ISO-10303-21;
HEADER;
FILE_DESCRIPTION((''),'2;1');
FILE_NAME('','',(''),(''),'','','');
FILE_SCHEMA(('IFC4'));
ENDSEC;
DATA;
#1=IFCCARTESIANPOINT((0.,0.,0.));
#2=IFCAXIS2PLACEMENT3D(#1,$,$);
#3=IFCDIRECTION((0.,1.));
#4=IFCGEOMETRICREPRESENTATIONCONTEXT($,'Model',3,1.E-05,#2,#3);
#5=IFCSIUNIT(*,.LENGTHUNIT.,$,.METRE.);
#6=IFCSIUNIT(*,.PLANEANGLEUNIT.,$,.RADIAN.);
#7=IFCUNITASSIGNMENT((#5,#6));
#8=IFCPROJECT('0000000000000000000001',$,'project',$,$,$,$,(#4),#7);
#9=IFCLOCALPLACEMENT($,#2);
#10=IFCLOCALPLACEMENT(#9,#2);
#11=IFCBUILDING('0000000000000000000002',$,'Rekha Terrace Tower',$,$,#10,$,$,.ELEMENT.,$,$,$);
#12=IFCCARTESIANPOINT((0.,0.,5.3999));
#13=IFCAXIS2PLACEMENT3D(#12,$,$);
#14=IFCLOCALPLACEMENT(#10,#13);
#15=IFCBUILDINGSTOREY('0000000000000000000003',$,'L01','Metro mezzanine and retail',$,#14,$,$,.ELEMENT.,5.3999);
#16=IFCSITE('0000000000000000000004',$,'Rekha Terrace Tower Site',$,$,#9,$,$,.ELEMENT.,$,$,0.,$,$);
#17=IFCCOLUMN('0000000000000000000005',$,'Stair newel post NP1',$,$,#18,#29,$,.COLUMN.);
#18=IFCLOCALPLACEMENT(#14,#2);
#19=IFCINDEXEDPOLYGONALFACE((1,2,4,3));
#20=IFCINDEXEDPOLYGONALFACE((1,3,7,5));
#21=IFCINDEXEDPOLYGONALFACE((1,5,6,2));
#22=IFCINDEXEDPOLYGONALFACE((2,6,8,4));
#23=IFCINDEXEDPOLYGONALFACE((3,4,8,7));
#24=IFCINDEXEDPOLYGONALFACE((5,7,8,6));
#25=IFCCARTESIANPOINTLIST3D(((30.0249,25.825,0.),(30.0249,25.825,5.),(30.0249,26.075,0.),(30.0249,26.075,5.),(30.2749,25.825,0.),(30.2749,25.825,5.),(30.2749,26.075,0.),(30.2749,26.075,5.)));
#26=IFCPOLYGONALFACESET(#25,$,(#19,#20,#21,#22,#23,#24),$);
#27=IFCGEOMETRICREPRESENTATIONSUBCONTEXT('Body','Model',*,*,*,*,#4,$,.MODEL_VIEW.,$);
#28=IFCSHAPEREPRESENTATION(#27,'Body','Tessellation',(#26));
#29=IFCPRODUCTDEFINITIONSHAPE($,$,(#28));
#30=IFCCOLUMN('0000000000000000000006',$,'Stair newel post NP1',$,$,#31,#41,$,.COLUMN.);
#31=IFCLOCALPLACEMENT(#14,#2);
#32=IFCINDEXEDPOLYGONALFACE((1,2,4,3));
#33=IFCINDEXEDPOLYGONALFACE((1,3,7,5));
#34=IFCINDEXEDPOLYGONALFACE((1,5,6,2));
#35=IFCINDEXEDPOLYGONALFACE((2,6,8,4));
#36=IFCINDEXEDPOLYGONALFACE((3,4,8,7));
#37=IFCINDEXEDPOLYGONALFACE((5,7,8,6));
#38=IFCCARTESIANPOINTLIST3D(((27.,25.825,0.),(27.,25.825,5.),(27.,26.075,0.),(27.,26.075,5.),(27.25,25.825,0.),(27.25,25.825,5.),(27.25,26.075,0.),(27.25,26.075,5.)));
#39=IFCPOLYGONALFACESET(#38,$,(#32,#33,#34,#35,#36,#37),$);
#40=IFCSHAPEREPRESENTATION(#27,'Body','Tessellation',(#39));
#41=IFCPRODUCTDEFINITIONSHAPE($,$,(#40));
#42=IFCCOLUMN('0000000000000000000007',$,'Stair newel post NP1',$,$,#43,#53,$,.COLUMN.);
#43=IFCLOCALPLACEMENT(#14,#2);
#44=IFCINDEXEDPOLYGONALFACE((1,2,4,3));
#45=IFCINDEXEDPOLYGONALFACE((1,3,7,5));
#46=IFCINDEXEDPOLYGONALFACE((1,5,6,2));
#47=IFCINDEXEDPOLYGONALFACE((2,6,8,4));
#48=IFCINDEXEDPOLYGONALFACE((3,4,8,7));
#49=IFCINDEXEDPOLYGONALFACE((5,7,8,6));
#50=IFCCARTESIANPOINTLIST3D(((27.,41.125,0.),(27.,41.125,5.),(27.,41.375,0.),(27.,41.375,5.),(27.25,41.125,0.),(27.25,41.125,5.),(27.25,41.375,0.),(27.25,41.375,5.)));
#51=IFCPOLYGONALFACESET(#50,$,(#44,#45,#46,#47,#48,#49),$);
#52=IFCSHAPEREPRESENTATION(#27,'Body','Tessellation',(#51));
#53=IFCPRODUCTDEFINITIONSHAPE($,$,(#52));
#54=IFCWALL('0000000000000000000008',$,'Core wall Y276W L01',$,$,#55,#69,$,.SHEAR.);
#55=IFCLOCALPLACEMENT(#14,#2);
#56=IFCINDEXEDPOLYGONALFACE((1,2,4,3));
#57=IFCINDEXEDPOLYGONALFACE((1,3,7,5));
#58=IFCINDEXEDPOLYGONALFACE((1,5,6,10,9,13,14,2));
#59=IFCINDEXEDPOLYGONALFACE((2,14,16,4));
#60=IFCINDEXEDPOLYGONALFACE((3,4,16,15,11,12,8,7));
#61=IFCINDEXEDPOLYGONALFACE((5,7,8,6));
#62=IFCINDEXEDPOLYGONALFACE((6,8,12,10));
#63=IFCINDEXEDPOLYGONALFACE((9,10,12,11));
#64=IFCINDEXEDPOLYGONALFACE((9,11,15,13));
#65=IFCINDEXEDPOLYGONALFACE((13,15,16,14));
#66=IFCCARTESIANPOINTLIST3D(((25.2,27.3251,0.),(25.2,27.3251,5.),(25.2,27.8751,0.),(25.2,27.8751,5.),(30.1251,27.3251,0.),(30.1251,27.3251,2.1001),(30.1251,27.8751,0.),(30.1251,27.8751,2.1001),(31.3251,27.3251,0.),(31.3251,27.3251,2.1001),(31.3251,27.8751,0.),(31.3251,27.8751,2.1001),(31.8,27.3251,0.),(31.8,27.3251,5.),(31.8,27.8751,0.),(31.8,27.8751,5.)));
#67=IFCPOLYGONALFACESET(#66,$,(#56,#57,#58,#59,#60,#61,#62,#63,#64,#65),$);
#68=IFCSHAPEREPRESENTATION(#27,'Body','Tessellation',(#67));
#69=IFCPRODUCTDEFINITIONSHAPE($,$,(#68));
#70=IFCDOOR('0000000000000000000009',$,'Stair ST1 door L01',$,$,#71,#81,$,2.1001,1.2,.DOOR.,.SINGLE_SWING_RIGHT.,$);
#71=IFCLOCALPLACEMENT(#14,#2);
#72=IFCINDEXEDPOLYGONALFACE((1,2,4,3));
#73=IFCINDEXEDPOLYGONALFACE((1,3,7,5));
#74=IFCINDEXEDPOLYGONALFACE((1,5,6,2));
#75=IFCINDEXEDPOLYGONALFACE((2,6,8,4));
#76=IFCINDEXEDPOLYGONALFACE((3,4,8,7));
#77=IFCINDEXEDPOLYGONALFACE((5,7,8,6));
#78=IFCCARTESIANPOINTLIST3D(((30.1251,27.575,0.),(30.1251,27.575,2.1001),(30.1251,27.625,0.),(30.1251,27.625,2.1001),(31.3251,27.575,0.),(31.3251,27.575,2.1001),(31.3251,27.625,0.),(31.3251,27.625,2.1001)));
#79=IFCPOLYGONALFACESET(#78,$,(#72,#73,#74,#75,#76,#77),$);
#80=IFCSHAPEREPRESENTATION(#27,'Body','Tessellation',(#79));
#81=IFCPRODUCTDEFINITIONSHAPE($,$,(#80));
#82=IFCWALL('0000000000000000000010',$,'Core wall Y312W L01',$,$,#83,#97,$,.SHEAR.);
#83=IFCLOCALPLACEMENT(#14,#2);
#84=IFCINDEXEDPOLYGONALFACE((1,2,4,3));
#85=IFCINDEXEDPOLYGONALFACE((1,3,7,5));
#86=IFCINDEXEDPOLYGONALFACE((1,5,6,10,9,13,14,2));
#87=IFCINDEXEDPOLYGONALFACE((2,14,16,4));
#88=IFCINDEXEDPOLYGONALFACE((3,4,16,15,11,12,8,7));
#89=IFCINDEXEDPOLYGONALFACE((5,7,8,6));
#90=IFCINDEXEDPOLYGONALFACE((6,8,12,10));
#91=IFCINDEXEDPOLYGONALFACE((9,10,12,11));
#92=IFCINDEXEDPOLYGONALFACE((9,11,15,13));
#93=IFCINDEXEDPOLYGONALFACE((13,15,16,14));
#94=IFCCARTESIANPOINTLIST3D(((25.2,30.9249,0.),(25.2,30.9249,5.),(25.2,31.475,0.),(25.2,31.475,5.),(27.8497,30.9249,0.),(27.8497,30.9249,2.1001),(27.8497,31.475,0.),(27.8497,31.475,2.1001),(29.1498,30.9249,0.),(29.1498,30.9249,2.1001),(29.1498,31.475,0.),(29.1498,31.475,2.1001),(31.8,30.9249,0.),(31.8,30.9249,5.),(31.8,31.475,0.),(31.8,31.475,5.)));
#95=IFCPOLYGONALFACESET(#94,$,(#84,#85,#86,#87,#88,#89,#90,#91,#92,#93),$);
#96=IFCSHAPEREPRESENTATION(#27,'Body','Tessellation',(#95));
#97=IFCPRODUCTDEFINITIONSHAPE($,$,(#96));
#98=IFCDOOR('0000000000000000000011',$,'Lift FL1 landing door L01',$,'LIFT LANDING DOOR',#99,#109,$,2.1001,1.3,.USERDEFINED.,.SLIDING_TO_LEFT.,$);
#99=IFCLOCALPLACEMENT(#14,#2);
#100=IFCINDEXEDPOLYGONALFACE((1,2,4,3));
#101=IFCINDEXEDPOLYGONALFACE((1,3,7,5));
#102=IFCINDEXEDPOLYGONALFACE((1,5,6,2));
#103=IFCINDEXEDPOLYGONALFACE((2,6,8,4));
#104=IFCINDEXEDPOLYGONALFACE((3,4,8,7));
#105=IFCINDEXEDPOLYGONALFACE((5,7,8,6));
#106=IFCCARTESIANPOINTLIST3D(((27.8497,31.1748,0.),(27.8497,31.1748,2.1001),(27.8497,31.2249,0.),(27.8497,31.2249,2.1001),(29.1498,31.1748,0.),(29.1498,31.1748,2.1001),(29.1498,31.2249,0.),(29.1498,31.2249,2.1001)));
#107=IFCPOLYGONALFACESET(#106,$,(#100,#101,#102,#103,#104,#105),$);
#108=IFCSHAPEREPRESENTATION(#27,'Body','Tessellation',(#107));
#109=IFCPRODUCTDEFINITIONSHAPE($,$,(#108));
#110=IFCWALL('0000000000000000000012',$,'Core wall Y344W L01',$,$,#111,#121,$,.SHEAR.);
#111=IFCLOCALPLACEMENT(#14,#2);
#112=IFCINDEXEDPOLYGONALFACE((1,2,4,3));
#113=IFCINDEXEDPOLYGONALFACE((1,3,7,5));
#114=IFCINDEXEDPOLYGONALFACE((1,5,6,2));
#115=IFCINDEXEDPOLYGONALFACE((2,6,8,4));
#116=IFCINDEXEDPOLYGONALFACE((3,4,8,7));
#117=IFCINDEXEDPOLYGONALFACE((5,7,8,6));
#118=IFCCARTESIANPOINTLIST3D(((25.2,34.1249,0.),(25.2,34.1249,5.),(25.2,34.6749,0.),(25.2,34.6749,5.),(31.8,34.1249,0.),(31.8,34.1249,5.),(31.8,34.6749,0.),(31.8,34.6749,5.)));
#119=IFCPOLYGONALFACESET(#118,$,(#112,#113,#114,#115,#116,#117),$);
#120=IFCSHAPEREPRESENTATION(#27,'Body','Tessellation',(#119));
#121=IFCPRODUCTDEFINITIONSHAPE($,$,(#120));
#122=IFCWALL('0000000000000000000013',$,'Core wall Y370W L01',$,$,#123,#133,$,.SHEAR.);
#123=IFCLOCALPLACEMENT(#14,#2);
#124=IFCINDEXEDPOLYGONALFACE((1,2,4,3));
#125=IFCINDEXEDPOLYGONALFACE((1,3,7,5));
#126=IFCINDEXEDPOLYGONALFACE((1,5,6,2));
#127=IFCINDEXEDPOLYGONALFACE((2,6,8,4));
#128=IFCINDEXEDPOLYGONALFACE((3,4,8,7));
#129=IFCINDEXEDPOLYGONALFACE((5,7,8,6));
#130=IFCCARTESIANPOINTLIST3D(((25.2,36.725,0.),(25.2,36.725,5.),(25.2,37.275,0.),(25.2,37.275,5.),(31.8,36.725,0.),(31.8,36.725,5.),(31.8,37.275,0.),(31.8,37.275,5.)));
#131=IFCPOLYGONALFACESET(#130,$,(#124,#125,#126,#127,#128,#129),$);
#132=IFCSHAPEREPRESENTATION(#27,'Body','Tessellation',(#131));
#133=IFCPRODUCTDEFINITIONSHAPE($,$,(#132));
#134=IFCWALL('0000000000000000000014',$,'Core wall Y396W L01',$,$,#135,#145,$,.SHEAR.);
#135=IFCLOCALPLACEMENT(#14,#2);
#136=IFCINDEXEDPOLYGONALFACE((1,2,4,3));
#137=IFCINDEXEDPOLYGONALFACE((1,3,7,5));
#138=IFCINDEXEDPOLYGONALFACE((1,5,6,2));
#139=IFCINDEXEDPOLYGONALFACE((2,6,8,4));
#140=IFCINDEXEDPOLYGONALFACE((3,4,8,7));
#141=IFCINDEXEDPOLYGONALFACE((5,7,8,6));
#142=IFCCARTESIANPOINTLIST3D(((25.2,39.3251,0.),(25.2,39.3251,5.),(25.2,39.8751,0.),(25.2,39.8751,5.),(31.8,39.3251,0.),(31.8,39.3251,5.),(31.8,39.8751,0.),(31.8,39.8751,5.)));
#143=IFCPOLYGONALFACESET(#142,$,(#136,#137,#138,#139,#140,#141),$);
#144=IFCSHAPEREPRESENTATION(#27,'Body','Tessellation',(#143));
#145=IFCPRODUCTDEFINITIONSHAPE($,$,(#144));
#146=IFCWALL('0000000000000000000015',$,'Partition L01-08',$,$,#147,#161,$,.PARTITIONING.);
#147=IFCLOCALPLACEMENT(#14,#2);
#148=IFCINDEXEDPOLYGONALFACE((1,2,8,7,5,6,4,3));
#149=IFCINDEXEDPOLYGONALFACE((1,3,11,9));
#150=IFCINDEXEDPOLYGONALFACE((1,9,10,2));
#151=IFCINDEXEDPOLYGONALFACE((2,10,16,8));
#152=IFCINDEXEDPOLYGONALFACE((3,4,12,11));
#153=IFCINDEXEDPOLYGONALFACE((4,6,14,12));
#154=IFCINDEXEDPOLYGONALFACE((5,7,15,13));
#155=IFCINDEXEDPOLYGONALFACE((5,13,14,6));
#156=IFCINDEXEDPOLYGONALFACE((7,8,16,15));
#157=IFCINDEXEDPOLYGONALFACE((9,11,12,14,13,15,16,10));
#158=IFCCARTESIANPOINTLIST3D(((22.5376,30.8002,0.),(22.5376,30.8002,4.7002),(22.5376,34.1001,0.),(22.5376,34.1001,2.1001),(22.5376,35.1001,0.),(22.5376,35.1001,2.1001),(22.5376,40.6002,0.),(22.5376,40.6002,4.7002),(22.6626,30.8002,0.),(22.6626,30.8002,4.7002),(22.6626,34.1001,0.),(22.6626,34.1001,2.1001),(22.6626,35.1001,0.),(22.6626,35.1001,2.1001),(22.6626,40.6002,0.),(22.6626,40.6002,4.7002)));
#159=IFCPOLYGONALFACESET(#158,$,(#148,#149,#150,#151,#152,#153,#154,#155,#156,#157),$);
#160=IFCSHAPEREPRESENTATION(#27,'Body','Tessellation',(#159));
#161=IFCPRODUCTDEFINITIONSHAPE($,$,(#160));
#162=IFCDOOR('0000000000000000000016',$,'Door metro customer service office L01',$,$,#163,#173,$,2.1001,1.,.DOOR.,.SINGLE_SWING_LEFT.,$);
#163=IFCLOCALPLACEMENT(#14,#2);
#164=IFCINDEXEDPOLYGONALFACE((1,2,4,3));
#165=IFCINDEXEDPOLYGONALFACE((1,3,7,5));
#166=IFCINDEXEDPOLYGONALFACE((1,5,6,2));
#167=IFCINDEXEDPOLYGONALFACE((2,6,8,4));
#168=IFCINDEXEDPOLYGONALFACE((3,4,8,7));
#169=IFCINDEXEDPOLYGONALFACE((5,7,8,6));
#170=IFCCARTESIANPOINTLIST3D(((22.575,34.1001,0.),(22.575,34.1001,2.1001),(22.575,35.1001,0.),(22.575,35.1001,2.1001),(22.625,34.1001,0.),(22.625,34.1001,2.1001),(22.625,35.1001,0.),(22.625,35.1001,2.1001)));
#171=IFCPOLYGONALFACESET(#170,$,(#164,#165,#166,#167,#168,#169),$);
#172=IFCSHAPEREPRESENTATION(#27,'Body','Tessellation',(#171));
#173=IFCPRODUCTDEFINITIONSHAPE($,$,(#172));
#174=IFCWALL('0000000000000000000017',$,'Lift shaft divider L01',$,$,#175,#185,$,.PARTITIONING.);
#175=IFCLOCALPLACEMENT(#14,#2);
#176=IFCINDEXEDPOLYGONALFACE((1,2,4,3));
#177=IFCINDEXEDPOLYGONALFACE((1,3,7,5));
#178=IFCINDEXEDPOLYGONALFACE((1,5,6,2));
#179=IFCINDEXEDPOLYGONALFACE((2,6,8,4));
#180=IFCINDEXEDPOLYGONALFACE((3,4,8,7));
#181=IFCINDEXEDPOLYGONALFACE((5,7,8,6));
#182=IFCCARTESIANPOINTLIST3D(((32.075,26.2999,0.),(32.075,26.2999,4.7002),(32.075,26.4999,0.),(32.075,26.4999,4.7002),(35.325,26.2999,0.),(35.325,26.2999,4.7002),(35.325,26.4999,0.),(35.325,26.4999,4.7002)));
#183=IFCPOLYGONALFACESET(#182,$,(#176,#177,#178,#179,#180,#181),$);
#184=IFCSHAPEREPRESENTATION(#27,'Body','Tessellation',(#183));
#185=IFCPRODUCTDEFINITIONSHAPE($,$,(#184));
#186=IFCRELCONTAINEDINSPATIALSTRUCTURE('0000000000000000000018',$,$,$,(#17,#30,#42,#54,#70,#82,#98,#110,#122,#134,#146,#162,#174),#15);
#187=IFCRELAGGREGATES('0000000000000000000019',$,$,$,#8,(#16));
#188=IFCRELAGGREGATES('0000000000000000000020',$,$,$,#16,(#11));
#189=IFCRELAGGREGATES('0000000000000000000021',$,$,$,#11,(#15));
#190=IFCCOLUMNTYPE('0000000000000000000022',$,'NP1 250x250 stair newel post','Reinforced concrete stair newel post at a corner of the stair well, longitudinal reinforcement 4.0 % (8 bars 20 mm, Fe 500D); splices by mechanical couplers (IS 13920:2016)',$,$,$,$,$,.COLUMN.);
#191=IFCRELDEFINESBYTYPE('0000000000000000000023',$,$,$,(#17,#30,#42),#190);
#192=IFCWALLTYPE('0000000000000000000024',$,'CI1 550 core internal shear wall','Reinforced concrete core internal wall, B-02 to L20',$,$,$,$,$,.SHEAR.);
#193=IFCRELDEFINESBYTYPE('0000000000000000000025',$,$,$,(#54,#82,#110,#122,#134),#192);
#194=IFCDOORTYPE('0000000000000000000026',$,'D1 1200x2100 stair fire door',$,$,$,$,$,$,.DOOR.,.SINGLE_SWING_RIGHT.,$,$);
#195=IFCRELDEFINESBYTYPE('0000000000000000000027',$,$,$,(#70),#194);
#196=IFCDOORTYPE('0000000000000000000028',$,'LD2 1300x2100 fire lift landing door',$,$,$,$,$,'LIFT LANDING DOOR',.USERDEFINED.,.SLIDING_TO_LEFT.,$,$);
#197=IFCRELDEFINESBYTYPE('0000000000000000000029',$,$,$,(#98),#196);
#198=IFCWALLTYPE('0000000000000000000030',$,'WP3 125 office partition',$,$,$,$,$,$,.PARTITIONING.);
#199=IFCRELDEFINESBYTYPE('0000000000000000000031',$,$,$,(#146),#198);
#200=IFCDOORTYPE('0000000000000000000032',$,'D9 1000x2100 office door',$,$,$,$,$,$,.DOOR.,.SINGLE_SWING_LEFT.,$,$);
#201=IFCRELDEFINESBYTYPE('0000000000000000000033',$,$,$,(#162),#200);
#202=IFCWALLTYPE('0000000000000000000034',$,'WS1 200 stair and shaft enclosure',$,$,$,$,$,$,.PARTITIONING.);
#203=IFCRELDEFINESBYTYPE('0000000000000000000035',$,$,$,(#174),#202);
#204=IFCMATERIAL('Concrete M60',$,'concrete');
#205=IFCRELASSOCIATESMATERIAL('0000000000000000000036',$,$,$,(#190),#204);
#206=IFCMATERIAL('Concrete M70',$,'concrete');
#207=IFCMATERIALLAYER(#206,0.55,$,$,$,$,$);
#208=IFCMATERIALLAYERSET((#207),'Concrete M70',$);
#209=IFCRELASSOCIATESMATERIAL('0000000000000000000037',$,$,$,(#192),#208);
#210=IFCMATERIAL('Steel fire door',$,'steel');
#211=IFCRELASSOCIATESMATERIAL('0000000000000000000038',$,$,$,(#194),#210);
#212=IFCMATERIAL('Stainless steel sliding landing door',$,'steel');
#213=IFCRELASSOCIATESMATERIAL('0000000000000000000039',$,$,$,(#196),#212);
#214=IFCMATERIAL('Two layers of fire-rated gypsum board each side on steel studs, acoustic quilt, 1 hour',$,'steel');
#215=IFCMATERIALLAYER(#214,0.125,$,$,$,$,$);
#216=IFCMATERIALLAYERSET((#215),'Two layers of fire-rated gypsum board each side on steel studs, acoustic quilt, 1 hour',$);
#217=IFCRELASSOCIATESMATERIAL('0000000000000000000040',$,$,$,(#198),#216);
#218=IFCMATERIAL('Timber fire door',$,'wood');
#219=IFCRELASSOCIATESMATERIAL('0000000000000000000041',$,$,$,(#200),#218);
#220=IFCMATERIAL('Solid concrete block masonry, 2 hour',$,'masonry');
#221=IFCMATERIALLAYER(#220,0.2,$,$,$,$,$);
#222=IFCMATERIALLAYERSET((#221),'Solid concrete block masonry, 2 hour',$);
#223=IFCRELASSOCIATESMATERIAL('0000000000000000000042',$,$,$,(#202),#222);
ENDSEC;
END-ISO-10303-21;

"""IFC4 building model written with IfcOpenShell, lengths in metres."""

from ifc_helpers import new_model, si_unit, direction, frame, frame_2d, origin, origin_2d, place, context, subcontext, project, spatial, rectangle, extrude, material, layer, layer_set, material_profile, profile_set, type_object, element, fill, save


model = new_model("IFC4")

# Units and contexts
model_context = context("Model", 3, precision=1e-05, world=origin(), true_north=direction((0.0, 1.0)))
body_context = subcontext(model_context, "Body", "Model", "MODEL_VIEW")
ifc_project = project(units=[si_unit("LENGTHUNIT", "METRE"), si_unit("PLANEANGLEUNIT", "RADIAN")], contexts=[model_context])

# Site, building, storey
site_placement = place(None, origin())
site = spatial("IfcSite", under=ifc_project, at=site_placement, Name="Rekha Terrace Tower Site", CompositionType="ELEMENT", RefElevation=0.0)
building_placement = place(site_placement, origin())
building = spatial("IfcBuilding", under=site, at=building_placement, Name="Rekha Terrace Tower", CompositionType="ELEMENT")
storey_placement = place(building_placement, frame((0.0, 0.0, 5.3999)))
storey = spatial("IfcBuildingStorey", under=building, at=storey_placement, Name="L01", Description="Metro mezzanine and retail", CompositionType="ELEMENT", Elevation=5.3999)

# Columns
ifc_material_1 = material(Name="Concrete M60", Category="concrete")
ifc_material_profile = material_profile(ifc_material_1, rectangle(XDim=0.25, YDim=0.25, at=origin_2d()), Name="RC 250x250")
ifc_profile_set = profile_set([ifc_material_profile], Name="Concrete M60")
column_type = type_object("IfcColumnType", Name="NP1 250x250 stair newel post", Description="Reinforced concrete stair newel post at a corner of the stair well, longitudinal reinforcement 4.0 % (8 bars 20 mm, Fe 500D); splices by mechanical couplers (IS 13920:2016)", PredefinedType="COLUMN", material=ifc_profile_set)
for number, where, z_axis, x_axis, name in (
    (1, (30.1499, 25.95, 0.0), (0.0, 0.0, 1.0), (1.0, 0.0, 0.0), "Stair newel post NP1"),
    (2, (27.125, 25.95, 0.0), (0.0, 0.0, 1.0), (1.0, 0.0, 0.0), "Stair newel post NP1"),
    (3, (27.125, 41.25, 0.0), (0.0, 0.0, 1.0), (1.0, 0.0, 0.0), "Stair newel post NP1"),
):
    element("IfcColumn", number, at=place(storey_placement, frame(where, z_axis=z_axis, x_axis=x_axis)), inside=storey, type_object=column_type, Name=name, PredefinedType="COLUMN", context=body_context, shape_type="SweptSolid", body=[
        extrude(rectangle(XDim=0.25, YDim=0.25, at=origin_2d()), origin(), (0.0, 0.0, 1.0), 5.0),
    ])

# Walls, openings, doors
ifc_material_2 = material(Name="Concrete M70", Category="concrete")
ifc_layer_1 = layer(ifc_material_2, 0.55)
ifc_layer_set_1 = layer_set([ifc_layer_1], Name="Concrete M70")
wall_type_1 = type_object("IfcWallType", Name="CI1 550 core internal shear wall", Description="Reinforced concrete core internal wall, B-02 to L20", PredefinedType="SHEAR", material=ifc_layer_set_1)
wall_1_placement = place(storey_placement, frame((25.2, 27.6001, 0.0), z_axis=(0.0, 0.0, 1.0), x_axis=(1.0, 0.0, 0.0)))
wall_1 = element("IfcWall", 4, at=wall_1_placement, inside=storey, type_object=wall_type_1, Name="Core wall Y276W L01", PredefinedType="SHEAR", context=body_context, shape_type="SweptSolid", body=[
    extrude(rectangle(XDim=6.6001, YDim=0.55, at=frame_2d((3.3, 0.0))), origin(), (0.0, 0.0, 1.0), 5.0),
])
opening_1_placement = place(wall_1_placement, frame((4.925, 0.0, 0.0)))
opening_1 = element("IfcOpeningElement", 5, at=opening_1_placement, cuts=wall_1, PredefinedType="OPENING", context=body_context, shape_type="SweptSolid", body=[
    extrude(rectangle(XDim=1.2, YDim=2.1001, at=frame_2d((0.6001, 1.05))), frame((0.0, 0.2849, 0.0), z_axis=(0.0, -1.0, 0.0), x_axis=(1.0, 0.0, 0.0)), (0.0, 0.0, 1.0), 0.5701),
])
ifc_material_3 = material(Name="Steel fire door", Category="steel")
door_type_1 = type_object("IfcDoorType", Name="D1 1200x2100 stair fire door", OperationType="SINGLE_SWING_RIGHT", PredefinedType="DOOR", material=ifc_material_3)
door_1_placement = place(opening_1_placement, origin())
door_1 = element("IfcDoor", 6, at=door_1_placement, inside=storey, type_object=door_type_1, Name="Stair ST1 door L01", OperationType="SINGLE_SWING_RIGHT", OverallHeight=2.1001, OverallWidth=1.2, PredefinedType="DOOR", context=body_context, shape_type="SweptSolid", body=[
    extrude(rectangle(XDim=1.2, YDim=2.1001, at=frame_2d((0.6001, 1.05))), frame((0.0, 0.0249, 0.0), z_axis=(0.0, -1.0, 0.0), x_axis=(1.0, 0.0, 0.0)), (0.0, 0.0, 1.0), 0.05),
])
fill(opening_1, door_1)
wall_2_placement = place(storey_placement, frame((25.2, 31.2, 0.0), z_axis=(0.0, 0.0, 1.0), x_axis=(1.0, 0.0, 0.0)))
wall_2 = element("IfcWall", 7, at=wall_2_placement, inside=storey, type_object=wall_type_1, Name="Core wall Y312W L01", PredefinedType="SHEAR", context=body_context, shape_type="SweptSolid", body=[
    extrude(rectangle(XDim=6.6001, YDim=0.55, at=frame_2d((3.3, 0.0))), origin(), (0.0, 0.0, 1.0), 5.0),
])
opening_2_placement = place(wall_2_placement, frame((2.6499, 0.0, 0.0)))
opening_2 = element("IfcOpeningElement", 8, at=opening_2_placement, cuts=wall_2, PredefinedType="OPENING", context=body_context, shape_type="SweptSolid", body=[
    extrude(rectangle(XDim=1.3, YDim=2.1001, at=frame_2d((0.6499, 1.05))), frame((0.0, 0.2849, 0.0), z_axis=(0.0, -1.0, 0.0), x_axis=(1.0, 0.0, 0.0)), (0.0, 0.0, 1.0), 0.5701),
])
ifc_material_4 = material(Name="Stainless steel sliding landing door", Category="steel")
door_type_2 = type_object("IfcDoorType", Name="LD2 1300x2100 fire lift landing door", ElementType="LIFT LANDING DOOR", OperationType="SLIDING_TO_LEFT", PredefinedType="USERDEFINED", material=ifc_material_4)
door_2_placement = place(opening_2_placement, origin())
door_2 = element("IfcDoor", 9, at=door_2_placement, inside=storey, type_object=door_type_2, Name="Lift FL1 landing door L01", ObjectType="LIFT LANDING DOOR", OperationType="SLIDING_TO_LEFT", OverallHeight=2.1001, OverallWidth=1.3, PredefinedType="USERDEFINED", context=body_context, shape_type="SweptSolid", body=[
    extrude(rectangle(XDim=1.3, YDim=2.1001, at=frame_2d((0.6499, 1.05))), frame((0.0, 0.0249, 0.0), z_axis=(0.0, -1.0, 0.0), x_axis=(1.0, 0.0, 0.0)), (0.0, 0.0, 1.0), 0.05),
])
fill(opening_2, door_2)

# Walls
for number, where, z_axis, x_axis, name in (
    (10, (25.2, 34.3999, 0.0), (0.0, 0.0, 1.0), (1.0, 0.0, 0.0), "Core wall Y344W L01"),
    (11, (25.2, 37.0, 0.0), (0.0, 0.0, 1.0), (1.0, 0.0, 0.0), "Core wall Y370W L01"),
    (12, (25.2, 39.6001, 0.0), (0.0, 0.0, 1.0), (1.0, 0.0, 0.0), "Core wall Y396W L01"),
):
    element("IfcWall", number, at=place(storey_placement, frame(where, z_axis=z_axis, x_axis=x_axis)), inside=storey, type_object=wall_type_1, Name=name, PredefinedType="SHEAR", context=body_context, shape_type="SweptSolid", body=[
        extrude(rectangle(XDim=6.6001, YDim=0.55, at=frame_2d((3.3, 0.0))), origin(), (0.0, 0.0, 1.0), 5.0),
    ])

# Wall, opening, door
ifc_material_5 = material(Name="Two layers of fire-rated gypsum board each side on steel studs, acoustic quilt, 1 hour", Category="steel")
ifc_layer_2 = layer(ifc_material_5, 0.125)
ifc_layer_set_2 = layer_set([ifc_layer_2], Name="Two layers of fire-rated gypsum board each side on steel studs, acoustic quilt, 1 hour")
wall_type_2 = type_object("IfcWallType", Name="WP3 125 office partition", PredefinedType="PARTITIONING", material=ifc_layer_set_2)
wall_3_placement = place(storey_placement, frame((22.6001, 40.6001, 0.0), z_axis=(0.0, 0.0, 1.0), x_axis=(0.0, -1.0, 0.0)))
wall_3 = element("IfcWall", 13, at=wall_3_placement, inside=storey, type_object=wall_type_2, Name="Partition L01-08", PredefinedType="PARTITIONING", context=body_context, shape_type="SweptSolid", body=[
    extrude(rectangle(XDim=9.8, YDim=0.125, at=frame_2d((4.8999, 0.0))), origin(), (0.0, 0.0, 1.0), 4.7002),
])
opening_3_placement = place(wall_3_placement, frame((5.5, 0.0, 0.0)))
opening_3 = element("IfcOpeningElement", 14, at=opening_3_placement, cuts=wall_3, PredefinedType="OPENING", context=body_context, shape_type="SweptSolid", body=[
    extrude(rectangle(XDim=1.0, YDim=2.1001, at=frame_2d((0.5, 1.05))), frame((0.0, 0.0725, 0.0), z_axis=(0.0, -1.0, 0.0), x_axis=(1.0, 0.0, 0.0)), (0.0, 0.0, 1.0), 0.145),
])
ifc_material_6 = material(Name="Timber fire door", Category="wood")
door_type_3 = type_object("IfcDoorType", Name="D9 1000x2100 office door", OperationType="SINGLE_SWING_LEFT", PredefinedType="DOOR", material=ifc_material_6)
door_3_placement = place(opening_3_placement, origin())
door_3 = element("IfcDoor", 15, at=door_3_placement, inside=storey, type_object=door_type_3, Name="Door metro customer service office L01", OperationType="SINGLE_SWING_LEFT", OverallHeight=2.1001, OverallWidth=1.0, PredefinedType="DOOR", context=body_context, shape_type="SweptSolid", body=[
    extrude(rectangle(XDim=1.0, YDim=2.1001, at=frame_2d((0.5, 1.05))), frame((0.0, 0.0249, 0.0), z_axis=(0.0, -1.0, 0.0), x_axis=(1.0, 0.0, 0.0)), (0.0, 0.0, 1.0), 0.05),
])
fill(opening_3, door_3)

# Wall
ifc_material_7 = material(Name="Solid concrete block masonry, 2 hour", Category="masonry")
ifc_layer_3 = layer(ifc_material_7, 0.2)
ifc_layer_set_3 = layer_set([ifc_layer_3], Name="Solid concrete block masonry, 2 hour")
wall_type_3 = type_object("IfcWallType", Name="WS1 200 stair and shaft enclosure", PredefinedType="PARTITIONING", material=ifc_layer_set_3)
for number, where, z_axis, x_axis, name in (
    (16, (32.075, 26.3999, 0.0), (0.0, 0.0, 1.0), (1.0, 0.0, 0.0), "Lift shaft divider L01"),
):
    element("IfcWall", number, at=place(storey_placement, frame(where, z_axis=z_axis, x_axis=x_axis)), inside=storey, type_object=wall_type_3, Name=name, PredefinedType="PARTITIONING", context=body_context, shape_type="SweptSolid", body=[
        extrude(rectangle(XDim=3.25, YDim=0.2, at=frame_2d((1.625, 0.0))), origin(), (0.0, 0.0, 1.0), 4.7002),
    ])

save(model, "model.ifc")
